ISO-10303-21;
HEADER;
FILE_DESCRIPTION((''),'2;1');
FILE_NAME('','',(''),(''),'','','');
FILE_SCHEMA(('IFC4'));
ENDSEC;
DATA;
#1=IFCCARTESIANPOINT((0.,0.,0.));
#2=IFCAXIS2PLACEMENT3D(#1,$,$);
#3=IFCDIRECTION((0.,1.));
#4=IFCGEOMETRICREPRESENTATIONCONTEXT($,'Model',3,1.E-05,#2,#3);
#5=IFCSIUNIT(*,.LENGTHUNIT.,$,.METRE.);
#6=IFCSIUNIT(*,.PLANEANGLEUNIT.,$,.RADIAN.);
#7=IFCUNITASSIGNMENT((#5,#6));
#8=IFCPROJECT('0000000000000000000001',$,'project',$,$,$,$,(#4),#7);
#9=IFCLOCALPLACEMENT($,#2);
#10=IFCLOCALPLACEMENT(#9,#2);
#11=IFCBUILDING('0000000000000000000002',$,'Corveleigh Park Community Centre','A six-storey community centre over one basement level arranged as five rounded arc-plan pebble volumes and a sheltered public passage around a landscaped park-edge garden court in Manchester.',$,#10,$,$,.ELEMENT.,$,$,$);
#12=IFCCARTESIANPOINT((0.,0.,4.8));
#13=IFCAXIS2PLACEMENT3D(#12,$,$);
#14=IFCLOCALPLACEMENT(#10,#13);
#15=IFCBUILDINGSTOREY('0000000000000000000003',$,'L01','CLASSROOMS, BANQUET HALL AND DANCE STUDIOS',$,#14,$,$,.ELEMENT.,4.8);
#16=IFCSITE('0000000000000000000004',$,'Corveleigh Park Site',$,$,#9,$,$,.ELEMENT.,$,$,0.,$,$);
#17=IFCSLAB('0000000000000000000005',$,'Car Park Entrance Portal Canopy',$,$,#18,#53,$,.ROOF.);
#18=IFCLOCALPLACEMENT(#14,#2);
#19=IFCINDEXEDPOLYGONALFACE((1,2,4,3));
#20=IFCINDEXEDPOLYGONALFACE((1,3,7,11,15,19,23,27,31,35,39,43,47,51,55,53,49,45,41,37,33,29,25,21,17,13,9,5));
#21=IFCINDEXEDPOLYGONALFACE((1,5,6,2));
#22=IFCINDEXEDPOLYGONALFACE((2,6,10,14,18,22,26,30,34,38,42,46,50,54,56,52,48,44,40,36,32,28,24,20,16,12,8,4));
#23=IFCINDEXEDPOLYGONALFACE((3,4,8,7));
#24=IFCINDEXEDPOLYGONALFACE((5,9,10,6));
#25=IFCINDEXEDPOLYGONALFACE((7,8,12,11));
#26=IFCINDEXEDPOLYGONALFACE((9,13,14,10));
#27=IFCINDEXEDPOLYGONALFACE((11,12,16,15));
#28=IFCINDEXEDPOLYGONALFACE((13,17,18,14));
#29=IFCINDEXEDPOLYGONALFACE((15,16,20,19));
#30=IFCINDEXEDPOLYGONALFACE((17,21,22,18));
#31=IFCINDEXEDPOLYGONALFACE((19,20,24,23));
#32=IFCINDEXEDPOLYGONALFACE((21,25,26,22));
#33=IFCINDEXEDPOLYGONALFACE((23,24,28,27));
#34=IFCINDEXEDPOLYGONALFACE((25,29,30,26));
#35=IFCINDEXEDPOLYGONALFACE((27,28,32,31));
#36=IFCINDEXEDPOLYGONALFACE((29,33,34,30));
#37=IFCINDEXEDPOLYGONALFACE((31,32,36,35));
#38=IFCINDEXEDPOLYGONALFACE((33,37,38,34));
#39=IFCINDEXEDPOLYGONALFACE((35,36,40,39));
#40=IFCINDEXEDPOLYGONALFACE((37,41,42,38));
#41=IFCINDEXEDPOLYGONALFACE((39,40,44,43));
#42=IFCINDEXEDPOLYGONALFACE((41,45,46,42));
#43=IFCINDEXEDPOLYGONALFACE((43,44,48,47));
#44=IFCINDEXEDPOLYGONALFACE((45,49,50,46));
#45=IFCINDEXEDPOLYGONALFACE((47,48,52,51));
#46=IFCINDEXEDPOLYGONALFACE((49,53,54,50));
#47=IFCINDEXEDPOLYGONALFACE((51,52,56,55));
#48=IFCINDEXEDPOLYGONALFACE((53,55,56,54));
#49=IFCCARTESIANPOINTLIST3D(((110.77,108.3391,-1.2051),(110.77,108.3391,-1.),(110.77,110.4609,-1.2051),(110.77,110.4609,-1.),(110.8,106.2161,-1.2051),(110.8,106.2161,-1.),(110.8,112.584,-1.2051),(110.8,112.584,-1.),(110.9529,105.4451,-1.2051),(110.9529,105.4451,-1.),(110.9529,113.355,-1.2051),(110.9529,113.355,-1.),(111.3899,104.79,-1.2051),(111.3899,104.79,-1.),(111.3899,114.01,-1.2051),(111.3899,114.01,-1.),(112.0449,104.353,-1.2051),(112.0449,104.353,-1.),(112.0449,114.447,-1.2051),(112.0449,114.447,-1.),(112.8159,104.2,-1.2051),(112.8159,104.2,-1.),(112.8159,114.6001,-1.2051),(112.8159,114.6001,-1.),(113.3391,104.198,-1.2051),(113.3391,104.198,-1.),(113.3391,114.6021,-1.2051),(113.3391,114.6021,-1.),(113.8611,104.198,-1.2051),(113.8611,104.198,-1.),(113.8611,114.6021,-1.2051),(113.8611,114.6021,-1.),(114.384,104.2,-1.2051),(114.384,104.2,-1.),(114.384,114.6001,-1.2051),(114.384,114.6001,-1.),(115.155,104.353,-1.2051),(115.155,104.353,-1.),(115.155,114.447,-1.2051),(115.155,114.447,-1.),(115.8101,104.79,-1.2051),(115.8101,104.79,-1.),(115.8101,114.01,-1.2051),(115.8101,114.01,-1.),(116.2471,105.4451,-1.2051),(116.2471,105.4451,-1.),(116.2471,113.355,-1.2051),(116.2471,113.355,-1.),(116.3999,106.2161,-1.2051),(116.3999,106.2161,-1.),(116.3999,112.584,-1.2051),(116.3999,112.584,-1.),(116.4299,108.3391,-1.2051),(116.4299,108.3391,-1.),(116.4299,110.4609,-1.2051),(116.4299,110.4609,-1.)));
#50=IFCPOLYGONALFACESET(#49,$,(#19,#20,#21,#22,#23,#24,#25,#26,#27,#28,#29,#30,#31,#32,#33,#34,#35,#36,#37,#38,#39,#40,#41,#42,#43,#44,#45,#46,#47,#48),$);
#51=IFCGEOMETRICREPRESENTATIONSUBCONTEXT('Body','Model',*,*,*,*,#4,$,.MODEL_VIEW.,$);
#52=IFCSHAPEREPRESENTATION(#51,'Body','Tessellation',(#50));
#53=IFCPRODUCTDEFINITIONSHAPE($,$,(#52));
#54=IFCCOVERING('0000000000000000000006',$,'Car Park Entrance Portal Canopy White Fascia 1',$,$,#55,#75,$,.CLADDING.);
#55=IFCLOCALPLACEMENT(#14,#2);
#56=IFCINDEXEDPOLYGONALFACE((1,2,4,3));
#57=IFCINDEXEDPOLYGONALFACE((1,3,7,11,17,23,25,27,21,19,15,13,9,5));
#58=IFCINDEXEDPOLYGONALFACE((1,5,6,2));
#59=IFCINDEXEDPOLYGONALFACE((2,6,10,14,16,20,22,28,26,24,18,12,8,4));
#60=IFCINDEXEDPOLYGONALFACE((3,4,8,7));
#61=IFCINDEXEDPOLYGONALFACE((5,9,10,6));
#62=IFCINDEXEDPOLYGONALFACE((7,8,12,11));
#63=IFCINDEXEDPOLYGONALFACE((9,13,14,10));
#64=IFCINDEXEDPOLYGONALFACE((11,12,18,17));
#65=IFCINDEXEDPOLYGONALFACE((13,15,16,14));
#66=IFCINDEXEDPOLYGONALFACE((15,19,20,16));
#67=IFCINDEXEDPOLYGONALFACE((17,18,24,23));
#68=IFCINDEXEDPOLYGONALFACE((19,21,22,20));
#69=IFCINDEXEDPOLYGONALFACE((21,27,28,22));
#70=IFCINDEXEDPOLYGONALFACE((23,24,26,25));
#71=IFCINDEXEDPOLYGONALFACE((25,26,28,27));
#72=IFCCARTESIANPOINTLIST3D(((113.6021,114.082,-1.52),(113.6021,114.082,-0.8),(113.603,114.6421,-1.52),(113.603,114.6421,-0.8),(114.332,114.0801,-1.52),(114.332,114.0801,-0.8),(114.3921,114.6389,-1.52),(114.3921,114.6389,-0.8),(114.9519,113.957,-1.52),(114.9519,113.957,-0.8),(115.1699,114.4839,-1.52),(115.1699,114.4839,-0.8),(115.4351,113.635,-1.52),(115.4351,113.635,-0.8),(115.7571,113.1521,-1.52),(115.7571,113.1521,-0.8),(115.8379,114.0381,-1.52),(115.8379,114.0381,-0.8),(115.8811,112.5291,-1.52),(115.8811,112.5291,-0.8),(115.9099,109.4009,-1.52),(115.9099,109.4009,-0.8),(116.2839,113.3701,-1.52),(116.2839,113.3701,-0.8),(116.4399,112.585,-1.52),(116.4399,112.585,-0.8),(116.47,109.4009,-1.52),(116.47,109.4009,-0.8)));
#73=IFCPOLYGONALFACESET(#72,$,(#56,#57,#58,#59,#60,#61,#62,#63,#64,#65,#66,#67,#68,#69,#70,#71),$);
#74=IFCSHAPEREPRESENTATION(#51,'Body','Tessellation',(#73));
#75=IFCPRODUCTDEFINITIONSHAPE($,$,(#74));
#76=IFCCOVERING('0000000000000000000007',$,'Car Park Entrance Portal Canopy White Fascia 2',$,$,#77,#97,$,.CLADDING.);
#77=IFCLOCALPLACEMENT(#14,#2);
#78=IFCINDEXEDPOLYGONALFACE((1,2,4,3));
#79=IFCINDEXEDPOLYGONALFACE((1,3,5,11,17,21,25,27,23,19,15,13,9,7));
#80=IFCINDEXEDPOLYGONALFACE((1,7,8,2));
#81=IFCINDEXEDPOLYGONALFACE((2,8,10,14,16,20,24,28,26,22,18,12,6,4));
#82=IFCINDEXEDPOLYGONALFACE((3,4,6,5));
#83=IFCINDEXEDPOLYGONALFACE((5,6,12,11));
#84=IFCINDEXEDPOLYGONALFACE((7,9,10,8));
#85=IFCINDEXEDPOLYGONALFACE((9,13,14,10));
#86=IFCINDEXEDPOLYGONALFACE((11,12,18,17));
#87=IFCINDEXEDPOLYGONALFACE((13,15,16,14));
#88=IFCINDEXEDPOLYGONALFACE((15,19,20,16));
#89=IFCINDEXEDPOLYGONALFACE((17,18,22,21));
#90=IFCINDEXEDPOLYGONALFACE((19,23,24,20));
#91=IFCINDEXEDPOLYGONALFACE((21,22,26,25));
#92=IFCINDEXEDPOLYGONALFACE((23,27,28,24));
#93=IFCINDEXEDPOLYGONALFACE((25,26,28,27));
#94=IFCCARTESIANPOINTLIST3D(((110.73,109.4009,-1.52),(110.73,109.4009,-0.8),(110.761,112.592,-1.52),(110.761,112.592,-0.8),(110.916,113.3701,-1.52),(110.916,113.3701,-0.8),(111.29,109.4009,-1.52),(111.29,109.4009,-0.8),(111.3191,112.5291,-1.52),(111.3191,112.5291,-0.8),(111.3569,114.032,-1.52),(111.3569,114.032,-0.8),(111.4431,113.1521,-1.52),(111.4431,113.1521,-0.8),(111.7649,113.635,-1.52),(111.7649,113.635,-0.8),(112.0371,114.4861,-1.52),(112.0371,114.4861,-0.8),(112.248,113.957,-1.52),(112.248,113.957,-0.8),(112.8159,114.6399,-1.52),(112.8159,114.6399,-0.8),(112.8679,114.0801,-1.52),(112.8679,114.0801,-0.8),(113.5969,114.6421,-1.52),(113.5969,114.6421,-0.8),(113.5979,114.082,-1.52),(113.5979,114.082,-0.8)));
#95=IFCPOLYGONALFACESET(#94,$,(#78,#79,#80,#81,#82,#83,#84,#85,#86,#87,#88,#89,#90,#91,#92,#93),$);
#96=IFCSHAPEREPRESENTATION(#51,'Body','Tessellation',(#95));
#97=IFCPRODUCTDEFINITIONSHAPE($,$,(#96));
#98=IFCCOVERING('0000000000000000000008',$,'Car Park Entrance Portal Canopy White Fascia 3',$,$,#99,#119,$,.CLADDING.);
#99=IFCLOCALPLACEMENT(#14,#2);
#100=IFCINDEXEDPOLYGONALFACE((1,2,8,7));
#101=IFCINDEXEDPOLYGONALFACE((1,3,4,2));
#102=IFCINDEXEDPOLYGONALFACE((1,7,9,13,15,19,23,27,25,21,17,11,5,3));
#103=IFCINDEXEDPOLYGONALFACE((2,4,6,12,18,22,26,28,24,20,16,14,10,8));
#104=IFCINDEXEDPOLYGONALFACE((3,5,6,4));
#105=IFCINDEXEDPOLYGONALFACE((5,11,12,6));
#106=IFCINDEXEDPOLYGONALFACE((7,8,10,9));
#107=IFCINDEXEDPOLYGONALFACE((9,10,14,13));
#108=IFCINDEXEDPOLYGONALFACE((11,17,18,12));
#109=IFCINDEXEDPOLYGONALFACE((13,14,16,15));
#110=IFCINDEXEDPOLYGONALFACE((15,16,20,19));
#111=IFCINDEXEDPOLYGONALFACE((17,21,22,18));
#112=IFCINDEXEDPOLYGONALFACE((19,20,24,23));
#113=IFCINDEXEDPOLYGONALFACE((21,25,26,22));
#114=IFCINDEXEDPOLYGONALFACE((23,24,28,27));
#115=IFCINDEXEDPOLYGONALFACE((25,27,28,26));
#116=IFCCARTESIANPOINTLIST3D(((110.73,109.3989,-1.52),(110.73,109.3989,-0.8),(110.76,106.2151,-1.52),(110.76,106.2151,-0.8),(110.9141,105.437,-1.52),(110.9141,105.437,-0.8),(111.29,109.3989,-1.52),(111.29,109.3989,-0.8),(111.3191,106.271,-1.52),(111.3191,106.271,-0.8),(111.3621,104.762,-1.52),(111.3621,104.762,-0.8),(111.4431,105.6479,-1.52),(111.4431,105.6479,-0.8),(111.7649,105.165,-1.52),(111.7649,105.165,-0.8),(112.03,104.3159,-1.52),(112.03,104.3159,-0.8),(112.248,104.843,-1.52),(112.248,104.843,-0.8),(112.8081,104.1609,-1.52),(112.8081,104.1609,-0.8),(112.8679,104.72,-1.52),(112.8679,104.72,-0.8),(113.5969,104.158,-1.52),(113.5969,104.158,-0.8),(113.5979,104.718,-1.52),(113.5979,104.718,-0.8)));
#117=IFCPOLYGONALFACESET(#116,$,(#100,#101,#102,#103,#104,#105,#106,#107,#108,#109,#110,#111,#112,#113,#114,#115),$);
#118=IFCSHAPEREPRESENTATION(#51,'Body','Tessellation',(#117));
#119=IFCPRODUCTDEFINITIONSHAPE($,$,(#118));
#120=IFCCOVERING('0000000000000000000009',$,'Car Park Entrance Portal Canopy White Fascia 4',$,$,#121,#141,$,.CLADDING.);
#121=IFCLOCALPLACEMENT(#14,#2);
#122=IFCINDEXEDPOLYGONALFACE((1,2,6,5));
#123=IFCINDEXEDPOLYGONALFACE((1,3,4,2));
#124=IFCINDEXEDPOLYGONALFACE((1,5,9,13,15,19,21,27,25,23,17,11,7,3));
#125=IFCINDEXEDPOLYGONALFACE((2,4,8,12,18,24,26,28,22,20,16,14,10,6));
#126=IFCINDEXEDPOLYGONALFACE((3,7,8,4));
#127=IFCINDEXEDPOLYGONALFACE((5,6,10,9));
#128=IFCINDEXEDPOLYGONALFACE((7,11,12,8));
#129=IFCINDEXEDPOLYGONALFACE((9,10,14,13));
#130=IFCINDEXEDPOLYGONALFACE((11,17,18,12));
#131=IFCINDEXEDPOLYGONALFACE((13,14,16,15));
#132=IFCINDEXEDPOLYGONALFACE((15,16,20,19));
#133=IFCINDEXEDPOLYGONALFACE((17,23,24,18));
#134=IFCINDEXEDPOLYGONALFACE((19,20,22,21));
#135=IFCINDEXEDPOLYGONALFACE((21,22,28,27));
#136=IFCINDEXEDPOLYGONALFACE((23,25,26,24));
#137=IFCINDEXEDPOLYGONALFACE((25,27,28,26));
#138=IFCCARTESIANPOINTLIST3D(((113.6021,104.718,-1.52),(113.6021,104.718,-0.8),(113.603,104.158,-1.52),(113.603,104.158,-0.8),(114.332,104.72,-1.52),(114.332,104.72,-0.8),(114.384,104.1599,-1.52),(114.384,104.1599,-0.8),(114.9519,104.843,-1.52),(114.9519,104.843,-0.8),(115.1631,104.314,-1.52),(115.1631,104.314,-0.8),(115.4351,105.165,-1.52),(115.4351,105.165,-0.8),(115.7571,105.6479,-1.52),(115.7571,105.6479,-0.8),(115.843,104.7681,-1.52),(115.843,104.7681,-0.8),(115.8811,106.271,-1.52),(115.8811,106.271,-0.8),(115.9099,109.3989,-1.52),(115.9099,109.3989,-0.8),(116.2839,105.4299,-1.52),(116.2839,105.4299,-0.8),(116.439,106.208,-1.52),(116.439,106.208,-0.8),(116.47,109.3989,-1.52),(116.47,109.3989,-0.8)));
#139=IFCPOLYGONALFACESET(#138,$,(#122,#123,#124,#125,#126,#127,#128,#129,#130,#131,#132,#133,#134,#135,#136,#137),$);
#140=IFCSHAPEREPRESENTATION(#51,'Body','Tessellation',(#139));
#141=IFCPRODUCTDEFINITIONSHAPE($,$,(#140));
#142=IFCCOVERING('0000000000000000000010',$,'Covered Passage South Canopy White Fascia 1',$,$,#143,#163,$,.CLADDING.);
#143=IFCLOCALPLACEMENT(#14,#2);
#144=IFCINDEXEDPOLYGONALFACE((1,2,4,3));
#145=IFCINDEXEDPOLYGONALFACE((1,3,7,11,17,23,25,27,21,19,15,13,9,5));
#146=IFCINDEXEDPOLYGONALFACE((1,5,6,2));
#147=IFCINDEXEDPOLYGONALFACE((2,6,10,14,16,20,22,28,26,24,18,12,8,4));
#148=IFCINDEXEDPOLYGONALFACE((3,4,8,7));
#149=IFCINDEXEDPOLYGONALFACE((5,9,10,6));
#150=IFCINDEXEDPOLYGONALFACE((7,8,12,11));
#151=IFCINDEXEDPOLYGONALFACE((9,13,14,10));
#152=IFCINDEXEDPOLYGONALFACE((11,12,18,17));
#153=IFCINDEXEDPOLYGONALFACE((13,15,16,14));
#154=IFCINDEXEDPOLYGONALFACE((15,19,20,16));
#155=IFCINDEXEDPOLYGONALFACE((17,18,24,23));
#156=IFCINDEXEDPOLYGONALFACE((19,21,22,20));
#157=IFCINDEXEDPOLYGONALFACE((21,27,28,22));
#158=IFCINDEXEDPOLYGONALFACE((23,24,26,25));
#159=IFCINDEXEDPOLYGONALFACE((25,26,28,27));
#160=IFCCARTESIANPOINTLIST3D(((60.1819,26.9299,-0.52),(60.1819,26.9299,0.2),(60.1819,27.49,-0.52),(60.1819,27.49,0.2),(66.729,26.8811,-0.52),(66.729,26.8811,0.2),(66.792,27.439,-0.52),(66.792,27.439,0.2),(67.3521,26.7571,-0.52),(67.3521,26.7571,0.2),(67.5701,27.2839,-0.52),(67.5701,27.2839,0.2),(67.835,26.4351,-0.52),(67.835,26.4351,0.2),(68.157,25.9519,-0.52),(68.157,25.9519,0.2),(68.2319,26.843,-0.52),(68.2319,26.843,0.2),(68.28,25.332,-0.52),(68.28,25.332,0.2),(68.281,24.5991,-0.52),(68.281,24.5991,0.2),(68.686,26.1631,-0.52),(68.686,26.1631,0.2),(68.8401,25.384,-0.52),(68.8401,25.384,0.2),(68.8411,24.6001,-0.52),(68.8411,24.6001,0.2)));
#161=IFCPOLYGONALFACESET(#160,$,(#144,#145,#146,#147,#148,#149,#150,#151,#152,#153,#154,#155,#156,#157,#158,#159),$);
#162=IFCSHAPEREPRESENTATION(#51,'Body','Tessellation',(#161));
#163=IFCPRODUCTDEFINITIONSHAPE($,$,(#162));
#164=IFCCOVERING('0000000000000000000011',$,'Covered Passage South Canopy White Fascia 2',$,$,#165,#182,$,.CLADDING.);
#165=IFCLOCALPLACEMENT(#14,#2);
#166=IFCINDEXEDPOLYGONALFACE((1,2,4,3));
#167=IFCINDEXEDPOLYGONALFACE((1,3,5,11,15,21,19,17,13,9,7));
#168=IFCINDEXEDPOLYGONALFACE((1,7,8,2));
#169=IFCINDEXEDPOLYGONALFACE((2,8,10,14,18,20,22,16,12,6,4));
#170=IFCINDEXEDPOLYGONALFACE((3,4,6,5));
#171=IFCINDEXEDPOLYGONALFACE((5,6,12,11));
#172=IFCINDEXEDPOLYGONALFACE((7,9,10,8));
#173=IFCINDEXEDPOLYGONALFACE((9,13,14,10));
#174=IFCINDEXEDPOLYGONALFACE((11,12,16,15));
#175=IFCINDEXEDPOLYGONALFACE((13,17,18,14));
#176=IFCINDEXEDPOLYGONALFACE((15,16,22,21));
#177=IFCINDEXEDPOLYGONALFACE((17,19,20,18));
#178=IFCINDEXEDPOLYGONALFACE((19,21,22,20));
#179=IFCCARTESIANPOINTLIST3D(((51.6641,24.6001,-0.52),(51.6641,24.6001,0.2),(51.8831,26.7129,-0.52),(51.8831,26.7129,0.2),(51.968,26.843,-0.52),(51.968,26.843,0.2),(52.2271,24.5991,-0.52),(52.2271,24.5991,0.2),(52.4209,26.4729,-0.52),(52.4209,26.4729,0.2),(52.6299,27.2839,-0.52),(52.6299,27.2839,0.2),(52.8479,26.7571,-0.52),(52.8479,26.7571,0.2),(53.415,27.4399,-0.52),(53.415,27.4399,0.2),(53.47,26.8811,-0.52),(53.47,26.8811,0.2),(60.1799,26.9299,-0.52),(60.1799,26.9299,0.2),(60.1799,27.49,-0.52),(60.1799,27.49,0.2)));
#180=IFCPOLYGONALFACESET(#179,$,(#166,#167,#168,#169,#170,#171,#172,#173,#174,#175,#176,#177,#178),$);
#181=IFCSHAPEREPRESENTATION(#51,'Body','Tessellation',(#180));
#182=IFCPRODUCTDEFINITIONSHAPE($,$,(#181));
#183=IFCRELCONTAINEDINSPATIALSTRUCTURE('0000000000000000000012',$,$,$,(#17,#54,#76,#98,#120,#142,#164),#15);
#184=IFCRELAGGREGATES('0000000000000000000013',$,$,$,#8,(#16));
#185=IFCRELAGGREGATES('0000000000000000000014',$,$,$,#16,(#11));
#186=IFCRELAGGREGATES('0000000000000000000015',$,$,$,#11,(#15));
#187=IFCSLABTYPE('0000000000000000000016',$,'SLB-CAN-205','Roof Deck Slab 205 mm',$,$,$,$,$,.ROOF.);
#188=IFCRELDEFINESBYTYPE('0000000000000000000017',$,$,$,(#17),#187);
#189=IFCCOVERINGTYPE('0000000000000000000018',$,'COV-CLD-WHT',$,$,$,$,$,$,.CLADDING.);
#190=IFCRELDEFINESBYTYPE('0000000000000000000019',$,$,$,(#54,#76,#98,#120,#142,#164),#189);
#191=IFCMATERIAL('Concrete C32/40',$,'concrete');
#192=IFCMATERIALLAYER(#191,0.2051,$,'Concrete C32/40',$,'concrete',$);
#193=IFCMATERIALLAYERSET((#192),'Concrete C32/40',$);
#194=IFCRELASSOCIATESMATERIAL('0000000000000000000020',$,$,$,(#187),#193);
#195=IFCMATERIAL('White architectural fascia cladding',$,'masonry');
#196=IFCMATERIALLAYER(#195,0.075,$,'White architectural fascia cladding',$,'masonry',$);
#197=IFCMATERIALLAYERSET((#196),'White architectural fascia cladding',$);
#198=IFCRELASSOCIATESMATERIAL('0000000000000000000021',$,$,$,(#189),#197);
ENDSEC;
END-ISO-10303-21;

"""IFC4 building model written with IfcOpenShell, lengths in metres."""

from ifc_helpers import new_model, si_unit, direction, frame, origin, place, context, subcontext, project, spatial, polyline, outline, extrude, material, layer, layer_set, type_object, element, save


model = new_model("IFC4")

# Units and contexts
model_context = context("Model", 3, precision=1e-05, world=origin(), true_north=direction((0.0, 1.0)))
body_context = subcontext(model_context, "Body", "Model", "MODEL_VIEW")
ifc_project = project(units=[si_unit("LENGTHUNIT", "METRE"), si_unit("PLANEANGLEUNIT", "RADIAN")], contexts=[model_context])

# Site, building, storey
site_placement = place(None, origin())
site = spatial("IfcSite", under=ifc_project, at=site_placement, Name="Corveleigh Park Site", CompositionType="ELEMENT", RefElevation=0.0)
building_placement = place(site_placement, origin())
building = spatial("IfcBuilding", under=site, at=building_placement, Name="Corveleigh Park Community Centre", Description="A six-storey community centre over one basement level arranged as five rounded arc-plan pebble volumes and a sheltered public passage around a landscaped park-edge garden court in Manchester.", CompositionType="ELEMENT")
storey_placement = place(building_placement, frame((0.0, 0.0, 4.8)))
storey = spatial("IfcBuildingStorey", under=building, at=storey_placement, Name="L01", Description="CLASSROOMS, BANQUET HALL AND DANCE STUDIOS", CompositionType="ELEMENT", Elevation=4.8)

# Slab
ifc_material_1 = material(Name="Concrete C32/40", Category="concrete")
ifc_layer_1 = layer(ifc_material_1, 0.2051, Name="Concrete C32/40", Category="concrete")
ifc_layer_set_1 = layer_set([ifc_layer_1], Name="Concrete C32/40")
slab_type = type_object("IfcSlabType", Name="SLB-CAN-205", Description="Roof Deck Slab 205 mm", PredefinedType="ROOF", material=ifc_layer_set_1)
slab_placement = place(storey_placement, frame((0.0, 0.0, -1.2051)))
element("IfcSlab", 1, at=slab_placement, inside=storey, type_object=slab_type, Name="Car Park Entrance Portal Canopy", PredefinedType="ROOF", context=body_context, shape_type="SweptSolid", body=[
    extrude(outline(polyline([(112.8159, 104.2), (113.3391, 104.198), (113.8611, 104.198), (114.384, 104.2), (115.155, 104.353), (115.8101, 104.79), (116.2471, 105.4451), (116.3999, 106.2161), (116.4299, 108.3391), (116.4299, 110.4609), (116.3999, 112.584), (116.2471, 113.355), (115.8101, 114.01), (115.155, 114.447), (114.384, 114.6001), (113.8611, 114.6021), (113.3391, 114.6021), (112.8159, 114.6001), (112.0449, 114.447), (111.3899, 114.01), (110.9529, 113.355), (110.8, 112.584), (110.77, 110.4609), (110.77, 108.3391), (110.8, 106.2161), (110.9529, 105.4451), (111.3899, 104.79), (112.0449, 104.353), (112.8159, 104.2)])), origin(), (0.0, 0.0, 1.0), 0.2051),
])

# Coverings
ifc_material_2 = material(Name="White architectural fascia cladding", Category="masonry")
ifc_layer_2 = layer(ifc_material_2, 0.075, Name="White architectural fascia cladding", Category="masonry")
ifc_layer_set_2 = layer_set([ifc_layer_2], Name="White architectural fascia cladding")
covering_type = type_object("IfcCoveringType", Name="COV-CLD-WHT", PredefinedType="CLADDING", material=ifc_layer_set_2)
covering_1_placement = place(storey_placement, frame((0.0, 0.0, -1.52)))
element("IfcCovering", 2, at=covering_1_placement, inside=storey, type_object=covering_type, Name="Car Park Entrance Portal Canopy White Fascia 1", PredefinedType="CLADDING", context=body_context, shape_type="SweptSolid", body=[
    extrude(outline(polyline([(113.603, 114.6421), (114.3921, 114.6389), (115.1699, 114.4839), (115.8379, 114.0381), (116.2839, 113.3701), (116.4399, 112.585), (116.47, 109.4009), (115.9099, 109.4009), (115.8811, 112.5291), (115.7571, 113.1521), (115.4351, 113.635), (114.9519, 113.957), (114.332, 114.0801), (113.6021, 114.082), (113.603, 114.6421)])), origin(), (0.0, 0.0, 1.0), 0.72),
])
covering_2_placement = place(storey_placement, frame((0.0, 0.0, -1.52)))
element("IfcCovering", 3, at=covering_2_placement, inside=storey, type_object=covering_type, Name="Car Park Entrance Portal Canopy White Fascia 2", PredefinedType="CLADDING", context=body_context, shape_type="SweptSolid", body=[
    extrude(outline(polyline([(110.73, 109.4009), (110.761, 112.592), (110.916, 113.3701), (111.3569, 114.032), (112.0371, 114.4861), (112.8159, 114.6399), (113.5969, 114.6421), (113.5979, 114.082), (112.8679, 114.0801), (112.248, 113.957), (111.7649, 113.635), (111.4431, 113.1521), (111.3191, 112.5291), (111.29, 109.4009), (110.73, 109.4009)])), origin(), (0.0, 0.0, 1.0), 0.72),
])
covering_3_placement = place(storey_placement, frame((0.0, 0.0, -1.52)))
element("IfcCovering", 4, at=covering_3_placement, inside=storey, type_object=covering_type, Name="Car Park Entrance Portal Canopy White Fascia 3", PredefinedType="CLADDING", context=body_context, shape_type="SweptSolid", body=[
    extrude(outline(polyline([(112.03, 104.3159), (111.3621, 104.762), (110.9141, 105.437), (110.76, 106.2151), (110.73, 109.3989), (111.29, 109.3989), (111.3191, 106.271), (111.4431, 105.6479), (111.7649, 105.165), (112.248, 104.843), (112.8679, 104.72), (113.5979, 104.718), (113.5969, 104.158), (112.8081, 104.1609), (112.03, 104.3159)])), origin(), (0.0, 0.0, 1.0), 0.72),
])
covering_4_placement = place(storey_placement, frame((0.0, 0.0, -1.52)))
element("IfcCovering", 5, at=covering_4_placement, inside=storey, type_object=covering_type, Name="Car Park Entrance Portal Canopy White Fascia 4", PredefinedType="CLADDING", context=body_context, shape_type="SweptSolid", body=[
    extrude(outline(polyline([(116.47, 109.3989), (116.439, 106.208), (116.2839, 105.4299), (115.843, 104.7681), (115.1631, 104.314), (114.384, 104.1599), (113.603, 104.158), (113.6021, 104.718), (114.332, 104.72), (114.9519, 104.843), (115.4351, 105.165), (115.7571, 105.6479), (115.8811, 106.271), (115.9099, 109.3989), (116.47, 109.3989)])), origin(), (0.0, 0.0, 1.0), 0.72),
])
covering_5_placement = place(storey_placement, frame((0.0, 0.0, -0.52)))
element("IfcCovering", 6, at=covering_5_placement, inside=storey, type_object=covering_type, Name="Covered Passage South Canopy White Fascia 1", PredefinedType="CLADDING", context=body_context, shape_type="SweptSolid", body=[
    extrude(outline(polyline([(60.1819, 27.49), (66.792, 27.439), (67.5701, 27.2839), (68.2319, 26.843), (68.686, 26.1631), (68.8401, 25.384), (68.8411, 24.6001), (68.281, 24.5991), (68.28, 25.332), (68.157, 25.9519), (67.835, 26.4351), (67.3521, 26.7571), (66.729, 26.8811), (60.1819, 26.9299), (60.1819, 27.49)])), origin(), (0.0, 0.0, 1.0), 0.72),
])
covering_6_placement = place(storey_placement, frame((0.0, 0.0, -0.52)))
element("IfcCovering", 7, at=covering_6_placement, inside=storey, type_object=covering_type, Name="Covered Passage South Canopy White Fascia 2", PredefinedType="CLADDING", context=body_context, shape_type="SweptSolid", body=[
    extrude(outline(polyline([(51.968, 26.843), (52.6299, 27.2839), (53.415, 27.4399), (60.1799, 27.49), (60.1799, 26.9299), (53.47, 26.8811), (52.8479, 26.7571), (52.4209, 26.4729), (52.2271, 24.5991), (51.6641, 24.6001), (51.8831, 26.7129), (51.968, 26.843)])), origin(), (0.0, 0.0, 1.0), 0.72),
])

save(model, "model.ifc")
